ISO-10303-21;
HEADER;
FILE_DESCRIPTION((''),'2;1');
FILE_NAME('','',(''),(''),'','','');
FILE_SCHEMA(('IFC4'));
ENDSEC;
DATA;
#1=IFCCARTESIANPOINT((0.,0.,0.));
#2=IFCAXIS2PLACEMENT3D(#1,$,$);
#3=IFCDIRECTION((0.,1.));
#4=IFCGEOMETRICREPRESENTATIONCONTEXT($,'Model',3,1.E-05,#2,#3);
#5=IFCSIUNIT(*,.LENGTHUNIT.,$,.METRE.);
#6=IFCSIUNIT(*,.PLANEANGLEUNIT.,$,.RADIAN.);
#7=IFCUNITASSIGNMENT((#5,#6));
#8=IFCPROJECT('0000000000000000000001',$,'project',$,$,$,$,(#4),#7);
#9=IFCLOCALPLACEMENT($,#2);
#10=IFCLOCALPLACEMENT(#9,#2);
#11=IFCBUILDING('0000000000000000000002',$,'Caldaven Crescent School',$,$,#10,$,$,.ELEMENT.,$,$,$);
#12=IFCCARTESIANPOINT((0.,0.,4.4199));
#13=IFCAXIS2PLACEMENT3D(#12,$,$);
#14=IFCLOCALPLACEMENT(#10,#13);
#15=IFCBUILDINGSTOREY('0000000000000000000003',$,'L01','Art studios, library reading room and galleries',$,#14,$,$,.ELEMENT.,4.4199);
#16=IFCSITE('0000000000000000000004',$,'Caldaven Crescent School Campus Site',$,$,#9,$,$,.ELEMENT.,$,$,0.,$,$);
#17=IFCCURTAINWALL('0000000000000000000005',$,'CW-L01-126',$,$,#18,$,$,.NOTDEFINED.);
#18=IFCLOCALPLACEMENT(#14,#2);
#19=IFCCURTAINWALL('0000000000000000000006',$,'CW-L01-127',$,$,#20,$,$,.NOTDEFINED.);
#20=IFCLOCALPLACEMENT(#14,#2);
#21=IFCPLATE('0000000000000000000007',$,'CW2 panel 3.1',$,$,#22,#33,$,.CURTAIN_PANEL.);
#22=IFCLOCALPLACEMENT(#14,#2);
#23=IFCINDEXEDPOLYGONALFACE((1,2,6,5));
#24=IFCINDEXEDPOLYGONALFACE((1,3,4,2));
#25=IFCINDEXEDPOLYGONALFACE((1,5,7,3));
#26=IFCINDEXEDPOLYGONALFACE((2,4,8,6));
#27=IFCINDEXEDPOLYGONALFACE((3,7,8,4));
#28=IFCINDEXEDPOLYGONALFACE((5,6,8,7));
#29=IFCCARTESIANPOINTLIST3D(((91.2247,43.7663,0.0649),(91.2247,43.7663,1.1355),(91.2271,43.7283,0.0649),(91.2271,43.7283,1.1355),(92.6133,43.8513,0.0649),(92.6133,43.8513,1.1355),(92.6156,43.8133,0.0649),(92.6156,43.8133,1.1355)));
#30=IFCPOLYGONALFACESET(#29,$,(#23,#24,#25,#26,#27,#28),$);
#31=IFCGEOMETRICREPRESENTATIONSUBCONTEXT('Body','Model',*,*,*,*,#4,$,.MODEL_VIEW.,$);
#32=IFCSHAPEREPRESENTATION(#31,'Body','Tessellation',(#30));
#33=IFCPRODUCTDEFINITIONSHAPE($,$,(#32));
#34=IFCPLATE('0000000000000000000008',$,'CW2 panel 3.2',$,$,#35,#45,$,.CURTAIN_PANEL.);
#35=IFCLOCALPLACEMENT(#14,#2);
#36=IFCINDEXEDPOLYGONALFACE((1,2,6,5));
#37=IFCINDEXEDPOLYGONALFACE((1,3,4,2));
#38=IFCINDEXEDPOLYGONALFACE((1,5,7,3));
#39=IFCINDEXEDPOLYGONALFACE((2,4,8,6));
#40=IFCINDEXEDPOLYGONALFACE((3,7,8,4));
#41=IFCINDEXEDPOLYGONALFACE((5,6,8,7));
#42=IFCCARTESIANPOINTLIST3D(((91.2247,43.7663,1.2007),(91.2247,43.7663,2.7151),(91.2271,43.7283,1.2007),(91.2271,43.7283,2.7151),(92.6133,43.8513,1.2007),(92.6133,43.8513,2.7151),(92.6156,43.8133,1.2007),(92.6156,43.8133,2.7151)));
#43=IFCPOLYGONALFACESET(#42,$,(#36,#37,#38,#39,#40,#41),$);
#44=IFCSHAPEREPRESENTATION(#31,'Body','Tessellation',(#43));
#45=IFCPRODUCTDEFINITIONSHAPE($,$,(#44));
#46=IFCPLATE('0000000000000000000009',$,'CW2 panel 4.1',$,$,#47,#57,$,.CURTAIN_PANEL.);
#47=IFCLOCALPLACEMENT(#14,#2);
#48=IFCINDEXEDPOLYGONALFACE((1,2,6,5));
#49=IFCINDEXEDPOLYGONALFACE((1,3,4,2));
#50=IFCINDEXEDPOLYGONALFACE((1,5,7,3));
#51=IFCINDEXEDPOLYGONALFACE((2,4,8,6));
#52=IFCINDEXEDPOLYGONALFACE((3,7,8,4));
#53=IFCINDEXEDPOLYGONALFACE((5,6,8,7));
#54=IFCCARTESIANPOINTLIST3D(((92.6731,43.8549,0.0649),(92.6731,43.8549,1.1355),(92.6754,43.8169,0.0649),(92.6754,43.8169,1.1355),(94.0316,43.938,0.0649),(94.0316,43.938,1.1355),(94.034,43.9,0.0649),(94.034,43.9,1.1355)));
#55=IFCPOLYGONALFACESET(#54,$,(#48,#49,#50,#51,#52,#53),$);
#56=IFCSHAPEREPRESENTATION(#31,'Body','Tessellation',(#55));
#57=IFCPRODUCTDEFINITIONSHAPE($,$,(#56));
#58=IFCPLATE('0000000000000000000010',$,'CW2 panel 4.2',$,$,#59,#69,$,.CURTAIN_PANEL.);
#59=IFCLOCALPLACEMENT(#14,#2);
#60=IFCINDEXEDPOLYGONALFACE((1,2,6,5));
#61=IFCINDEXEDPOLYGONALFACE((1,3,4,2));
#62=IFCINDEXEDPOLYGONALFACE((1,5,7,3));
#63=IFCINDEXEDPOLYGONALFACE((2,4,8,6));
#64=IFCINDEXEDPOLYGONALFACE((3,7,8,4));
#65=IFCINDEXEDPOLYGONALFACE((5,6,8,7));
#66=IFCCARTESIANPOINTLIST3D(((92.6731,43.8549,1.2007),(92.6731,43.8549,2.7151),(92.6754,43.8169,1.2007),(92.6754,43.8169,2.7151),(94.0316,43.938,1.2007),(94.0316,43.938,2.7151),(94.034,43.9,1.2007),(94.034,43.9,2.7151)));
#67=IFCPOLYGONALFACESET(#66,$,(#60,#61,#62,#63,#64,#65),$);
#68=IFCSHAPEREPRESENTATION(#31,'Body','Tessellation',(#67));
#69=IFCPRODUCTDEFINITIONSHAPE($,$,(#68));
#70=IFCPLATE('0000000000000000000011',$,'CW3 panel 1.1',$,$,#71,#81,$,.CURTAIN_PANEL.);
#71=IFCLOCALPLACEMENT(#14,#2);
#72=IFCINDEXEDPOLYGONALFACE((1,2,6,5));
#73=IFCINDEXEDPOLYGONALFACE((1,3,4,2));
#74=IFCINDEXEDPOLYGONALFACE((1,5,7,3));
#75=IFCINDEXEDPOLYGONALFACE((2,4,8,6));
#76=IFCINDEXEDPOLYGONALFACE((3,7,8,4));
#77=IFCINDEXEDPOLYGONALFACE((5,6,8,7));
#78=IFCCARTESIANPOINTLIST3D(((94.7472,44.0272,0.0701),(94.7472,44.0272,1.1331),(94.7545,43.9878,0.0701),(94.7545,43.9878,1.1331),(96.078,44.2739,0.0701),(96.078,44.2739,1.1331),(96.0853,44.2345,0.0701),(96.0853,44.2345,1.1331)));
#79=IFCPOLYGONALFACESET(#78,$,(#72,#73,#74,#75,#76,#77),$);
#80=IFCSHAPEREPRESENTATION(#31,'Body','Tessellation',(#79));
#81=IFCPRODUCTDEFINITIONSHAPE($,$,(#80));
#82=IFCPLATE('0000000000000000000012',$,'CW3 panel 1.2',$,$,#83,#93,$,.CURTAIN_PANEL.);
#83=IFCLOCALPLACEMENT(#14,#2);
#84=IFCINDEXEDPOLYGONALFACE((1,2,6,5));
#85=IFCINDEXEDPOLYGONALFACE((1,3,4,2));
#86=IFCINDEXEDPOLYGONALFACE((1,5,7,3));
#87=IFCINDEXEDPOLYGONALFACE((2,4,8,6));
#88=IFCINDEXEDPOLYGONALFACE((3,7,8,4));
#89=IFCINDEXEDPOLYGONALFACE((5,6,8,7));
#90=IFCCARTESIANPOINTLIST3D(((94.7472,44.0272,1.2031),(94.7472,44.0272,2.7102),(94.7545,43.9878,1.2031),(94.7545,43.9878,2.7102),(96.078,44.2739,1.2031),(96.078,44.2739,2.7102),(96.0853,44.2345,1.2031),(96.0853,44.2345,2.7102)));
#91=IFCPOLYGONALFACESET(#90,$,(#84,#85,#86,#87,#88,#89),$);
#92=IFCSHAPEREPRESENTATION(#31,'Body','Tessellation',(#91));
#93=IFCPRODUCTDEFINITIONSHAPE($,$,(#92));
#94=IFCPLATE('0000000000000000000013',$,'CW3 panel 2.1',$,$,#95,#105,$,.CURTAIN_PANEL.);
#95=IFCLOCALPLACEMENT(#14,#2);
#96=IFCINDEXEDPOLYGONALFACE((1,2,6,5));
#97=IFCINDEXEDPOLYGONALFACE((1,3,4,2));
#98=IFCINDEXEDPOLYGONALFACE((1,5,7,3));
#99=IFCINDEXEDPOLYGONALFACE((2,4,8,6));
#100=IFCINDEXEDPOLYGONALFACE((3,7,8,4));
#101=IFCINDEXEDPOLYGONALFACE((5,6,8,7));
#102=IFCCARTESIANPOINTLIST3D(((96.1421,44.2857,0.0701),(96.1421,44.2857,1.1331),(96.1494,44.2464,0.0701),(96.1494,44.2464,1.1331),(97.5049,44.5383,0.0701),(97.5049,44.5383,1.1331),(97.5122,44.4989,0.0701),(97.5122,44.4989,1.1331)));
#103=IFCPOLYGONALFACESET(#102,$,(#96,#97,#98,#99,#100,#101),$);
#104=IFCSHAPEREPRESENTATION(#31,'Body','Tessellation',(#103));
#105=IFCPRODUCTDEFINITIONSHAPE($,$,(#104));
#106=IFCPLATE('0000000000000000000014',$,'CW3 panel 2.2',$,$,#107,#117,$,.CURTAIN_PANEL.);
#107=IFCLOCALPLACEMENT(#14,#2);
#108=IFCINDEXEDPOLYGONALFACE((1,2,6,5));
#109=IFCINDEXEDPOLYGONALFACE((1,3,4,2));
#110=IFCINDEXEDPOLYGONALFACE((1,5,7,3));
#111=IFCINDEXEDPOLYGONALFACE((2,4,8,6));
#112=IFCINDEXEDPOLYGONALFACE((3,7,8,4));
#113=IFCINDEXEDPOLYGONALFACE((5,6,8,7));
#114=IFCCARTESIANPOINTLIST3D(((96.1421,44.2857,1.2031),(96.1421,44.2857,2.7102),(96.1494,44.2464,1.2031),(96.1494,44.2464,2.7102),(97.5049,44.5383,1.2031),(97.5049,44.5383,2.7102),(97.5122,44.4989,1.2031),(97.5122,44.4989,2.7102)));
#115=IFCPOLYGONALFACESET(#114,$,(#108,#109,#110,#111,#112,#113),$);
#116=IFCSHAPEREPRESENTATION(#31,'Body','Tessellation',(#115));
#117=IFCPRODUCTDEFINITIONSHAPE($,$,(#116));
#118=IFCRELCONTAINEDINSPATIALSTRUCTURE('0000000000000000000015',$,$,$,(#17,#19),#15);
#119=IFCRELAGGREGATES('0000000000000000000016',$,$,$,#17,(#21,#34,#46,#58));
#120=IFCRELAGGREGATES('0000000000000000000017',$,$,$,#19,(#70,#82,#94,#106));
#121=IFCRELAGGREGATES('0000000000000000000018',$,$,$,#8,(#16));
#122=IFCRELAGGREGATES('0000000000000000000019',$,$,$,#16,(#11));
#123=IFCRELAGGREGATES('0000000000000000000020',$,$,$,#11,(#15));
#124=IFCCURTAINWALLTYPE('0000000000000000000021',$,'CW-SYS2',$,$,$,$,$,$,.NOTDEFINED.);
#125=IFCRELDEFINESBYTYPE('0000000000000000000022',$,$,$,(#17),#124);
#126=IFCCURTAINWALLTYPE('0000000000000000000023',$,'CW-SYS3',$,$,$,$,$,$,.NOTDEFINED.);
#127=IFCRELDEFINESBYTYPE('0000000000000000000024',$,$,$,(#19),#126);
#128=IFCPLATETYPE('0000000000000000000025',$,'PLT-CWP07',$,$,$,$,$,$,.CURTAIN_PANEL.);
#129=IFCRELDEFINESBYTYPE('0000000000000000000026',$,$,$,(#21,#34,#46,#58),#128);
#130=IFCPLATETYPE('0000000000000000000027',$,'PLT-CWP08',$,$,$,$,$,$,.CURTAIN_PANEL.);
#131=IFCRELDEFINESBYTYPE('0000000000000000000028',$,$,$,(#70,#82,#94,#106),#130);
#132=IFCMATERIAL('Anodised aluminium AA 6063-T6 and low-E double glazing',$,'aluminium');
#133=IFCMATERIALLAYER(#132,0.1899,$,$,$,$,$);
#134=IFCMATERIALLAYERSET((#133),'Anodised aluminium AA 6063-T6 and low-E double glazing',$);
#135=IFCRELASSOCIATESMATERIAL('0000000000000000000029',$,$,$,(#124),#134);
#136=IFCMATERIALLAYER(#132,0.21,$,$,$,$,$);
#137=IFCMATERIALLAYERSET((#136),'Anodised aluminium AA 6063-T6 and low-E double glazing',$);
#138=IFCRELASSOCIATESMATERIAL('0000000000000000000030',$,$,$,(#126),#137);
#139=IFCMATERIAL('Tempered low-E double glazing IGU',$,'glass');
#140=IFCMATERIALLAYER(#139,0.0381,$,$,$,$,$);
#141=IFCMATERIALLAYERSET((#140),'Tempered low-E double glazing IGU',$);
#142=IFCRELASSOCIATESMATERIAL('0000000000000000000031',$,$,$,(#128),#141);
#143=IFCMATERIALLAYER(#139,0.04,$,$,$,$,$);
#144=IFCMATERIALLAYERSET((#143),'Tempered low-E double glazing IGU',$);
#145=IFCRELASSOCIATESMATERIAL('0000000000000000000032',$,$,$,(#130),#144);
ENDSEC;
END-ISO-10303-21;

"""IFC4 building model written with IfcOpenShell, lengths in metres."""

from ifc_helpers import new_model, si_unit, direction, frame, origin, origin_2d, place, context, subcontext, project, spatial, rectangle, extrude, material, layer, layer_set, type_object, element, aggregate, save


model = new_model("IFC4")

# Units and contexts
model_context = context("Model", 3, precision=1e-05, world=origin(), true_north=direction((0.0, 1.0)))
body_context = subcontext(model_context, "Body", "Model", "MODEL_VIEW")
ifc_project = project(units=[si_unit("LENGTHUNIT", "METRE"), si_unit("PLANEANGLEUNIT", "RADIAN")], contexts=[model_context])

# Site, building, storey
site_placement = place(None, origin())
site = spatial("IfcSite", under=ifc_project, at=site_placement, Name="Caldaven Crescent School Campus Site", CompositionType="ELEMENT", RefElevation=0.0)
building_placement = place(site_placement, origin())
building = spatial("IfcBuilding", under=site, at=building_placement, Name="Caldaven Crescent School", CompositionType="ELEMENT")
storey_placement = place(building_placement, frame((0.0, 0.0, 4.4199)))
storey = spatial("IfcBuildingStorey", under=building, at=storey_placement, Name="L01", Description="Art studios, library reading room and galleries", CompositionType="ELEMENT", Elevation=4.4199)

# Curtain walls
ifc_material_1 = material(Name="Anodised aluminium AA 6063-T6 and low-E double glazing", Category="aluminium")
ifc_layer_1 = layer(ifc_material_1, 0.1899)
ifc_layer_set_1 = layer_set([ifc_layer_1], Name="Anodised aluminium AA 6063-T6 and low-E double glazing")
curtain_wall_type_1 = type_object("IfcCurtainWallType", Name="CW-SYS2", PredefinedType="NOTDEFINED", material=ifc_layer_set_1)
curtain_wall_1_placement = place(storey_placement, origin())
curtain_wall_1 = element("IfcCurtainWall", 1, at=curtain_wall_1_placement, inside=storey, type_object=curtain_wall_type_1, Name="CW-L01-126", PredefinedType="NOTDEFINED")
ifc_layer_2 = layer(ifc_material_1, 0.21)
ifc_layer_set_2 = layer_set([ifc_layer_2], Name="Anodised aluminium AA 6063-T6 and low-E double glazing")
curtain_wall_type_2 = type_object("IfcCurtainWallType", Name="CW-SYS3", PredefinedType="NOTDEFINED", material=ifc_layer_set_2)
curtain_wall_2_placement = place(storey_placement, origin())
curtain_wall_2 = element("IfcCurtainWall", 2, at=curtain_wall_2_placement, inside=storey, type_object=curtain_wall_type_2, Name="CW-L01-127", PredefinedType="NOTDEFINED")

# Plates
ifc_material_2 = material(Name="Tempered low-E double glazing IGU", Category="glass")
ifc_layer_3 = layer(ifc_material_2, 0.0381)
ifc_layer_set_3 = layer_set([ifc_layer_3], Name="Tempered low-E double glazing IGU")
plate_type_1 = type_object("IfcPlateType", Name="PLT-CWP07", PredefinedType="CURTAIN_PANEL", material=ifc_layer_set_3)
plate_1_placement = place(storey_placement, frame((91.9202, 43.7898, 0.0649), z_axis=(0.0, 0.0, 1.0), x_axis=(0.998135, 0.061049, 0.0)))
plate_1 = element("IfcPlate", 3, at=plate_1_placement, type_object=plate_type_1, Name="CW2 panel 3.1", PredefinedType="CURTAIN_PANEL", context=body_context, shape_type="SweptSolid", body=[
    extrude(rectangle(XDim=1.3911, YDim=0.0381, at=origin_2d()), origin(), (0.0, 0.0, 1.0), 1.0706),
])
plate_2_placement = place(storey_placement, frame((91.9202, 43.7898, 1.2007), z_axis=(0.0, 0.0, 1.0), x_axis=(0.998135, 0.061049, 0.0)))
plate_2 = element("IfcPlate", 4, at=plate_2_placement, type_object=plate_type_1, Name="CW2 panel 3.2", PredefinedType="CURTAIN_PANEL", context=body_context, shape_type="SweptSolid", body=[
    extrude(rectangle(XDim=1.3911, YDim=0.0381, at=origin_2d()), origin(), (0.0, 0.0, 1.0), 1.5144),
])
plate_3_placement = place(storey_placement, frame((93.3535, 43.8774, 0.0649), z_axis=(0.0, 0.0, 1.0), x_axis=(0.998135, 0.061049, 0.0)))
plate_3 = element("IfcPlate", 5, at=plate_3_placement, type_object=plate_type_1, Name="CW2 panel 4.1", PredefinedType="CURTAIN_PANEL", context=body_context, shape_type="SweptSolid", body=[
    extrude(rectangle(XDim=1.3611, YDim=0.0381, at=origin_2d()), origin(), (0.0, 0.0, 1.0), 1.0706),
])
plate_4_placement = place(storey_placement, frame((93.3535, 43.8774, 1.2007), z_axis=(0.0, 0.0, 1.0), x_axis=(0.998135, 0.061049, 0.0)))
plate_4 = element("IfcPlate", 6, at=plate_4_placement, type_object=plate_type_1, Name="CW2 panel 4.2", PredefinedType="CURTAIN_PANEL", context=body_context, shape_type="SweptSolid", body=[
    extrude(rectangle(XDim=1.3611, YDim=0.0381, at=origin_2d()), origin(), (0.0, 0.0, 1.0), 1.5144),
])
aggregate(curtain_wall_1, [plate_1, plate_2, plate_3, plate_4])
ifc_layer_4 = layer(ifc_material_2, 0.04)
ifc_layer_set_4 = layer_set([ifc_layer_4], Name="Tempered low-E double glazing IGU")
plate_type_2 = type_object("IfcPlateType", Name="PLT-CWP08", PredefinedType="CURTAIN_PANEL", material=ifc_layer_set_4)
plate_5_placement = place(storey_placement, frame((95.4163, 44.1309, 0.0701), z_axis=(0.0, 0.0, 1.0), x_axis=(0.983255, 0.182236, 0.0)))
plate_5 = element("IfcPlate", 7, at=plate_5_placement, type_object=plate_type_2, Name="CW3 panel 1.1", PredefinedType="CURTAIN_PANEL", context=body_context, shape_type="SweptSolid", body=[
    extrude(rectangle(XDim=1.3535, YDim=0.04, at=origin_2d()), origin(), (0.0, 0.0, 1.0), 1.063),
])
plate_6_placement = place(storey_placement, frame((95.4163, 44.1309, 1.2031), z_axis=(0.0, 0.0, 1.0), x_axis=(0.983255, 0.182236, 0.0)))
plate_6 = element("IfcPlate", 8, at=plate_6_placement, type_object=plate_type_2, Name="CW3 panel 1.2", PredefinedType="CURTAIN_PANEL", context=body_context, shape_type="SweptSolid", body=[
    extrude(rectangle(XDim=1.3535, YDim=0.04, at=origin_2d()), origin(), (0.0, 0.0, 1.0), 1.5071),
])
plate_7_placement = place(storey_placement, frame((96.8271, 44.3923, 0.0701), z_axis=(0.0, 0.0, 1.0), x_axis=(0.983255, 0.182236, 0.0)))
plate_7 = element("IfcPlate", 9, at=plate_7_placement, type_object=plate_type_2, Name="CW3 panel 2.1", PredefinedType="CURTAIN_PANEL", context=body_context, shape_type="SweptSolid", body=[
    extrude(rectangle(XDim=1.386, YDim=0.04, at=origin_2d()), origin(), (0.0, 0.0, 1.0), 1.063),
])
plate_8_placement = place(storey_placement, frame((96.8271, 44.3923, 1.2031), z_axis=(0.0, 0.0, 1.0), x_axis=(0.983255, 0.182236, 0.0)))
plate_8 = element("IfcPlate", 10, at=plate_8_placement, type_object=plate_type_2, Name="CW3 panel 2.2", PredefinedType="CURTAIN_PANEL", context=body_context, shape_type="SweptSolid", body=[
    extrude(rectangle(XDim=1.386, YDim=0.04, at=origin_2d()), origin(), (0.0, 0.0, 1.0), 1.5071),
])
aggregate(curtain_wall_2, [plate_5, plate_6, plate_7, plate_8])

save(model, "model.ifc")
